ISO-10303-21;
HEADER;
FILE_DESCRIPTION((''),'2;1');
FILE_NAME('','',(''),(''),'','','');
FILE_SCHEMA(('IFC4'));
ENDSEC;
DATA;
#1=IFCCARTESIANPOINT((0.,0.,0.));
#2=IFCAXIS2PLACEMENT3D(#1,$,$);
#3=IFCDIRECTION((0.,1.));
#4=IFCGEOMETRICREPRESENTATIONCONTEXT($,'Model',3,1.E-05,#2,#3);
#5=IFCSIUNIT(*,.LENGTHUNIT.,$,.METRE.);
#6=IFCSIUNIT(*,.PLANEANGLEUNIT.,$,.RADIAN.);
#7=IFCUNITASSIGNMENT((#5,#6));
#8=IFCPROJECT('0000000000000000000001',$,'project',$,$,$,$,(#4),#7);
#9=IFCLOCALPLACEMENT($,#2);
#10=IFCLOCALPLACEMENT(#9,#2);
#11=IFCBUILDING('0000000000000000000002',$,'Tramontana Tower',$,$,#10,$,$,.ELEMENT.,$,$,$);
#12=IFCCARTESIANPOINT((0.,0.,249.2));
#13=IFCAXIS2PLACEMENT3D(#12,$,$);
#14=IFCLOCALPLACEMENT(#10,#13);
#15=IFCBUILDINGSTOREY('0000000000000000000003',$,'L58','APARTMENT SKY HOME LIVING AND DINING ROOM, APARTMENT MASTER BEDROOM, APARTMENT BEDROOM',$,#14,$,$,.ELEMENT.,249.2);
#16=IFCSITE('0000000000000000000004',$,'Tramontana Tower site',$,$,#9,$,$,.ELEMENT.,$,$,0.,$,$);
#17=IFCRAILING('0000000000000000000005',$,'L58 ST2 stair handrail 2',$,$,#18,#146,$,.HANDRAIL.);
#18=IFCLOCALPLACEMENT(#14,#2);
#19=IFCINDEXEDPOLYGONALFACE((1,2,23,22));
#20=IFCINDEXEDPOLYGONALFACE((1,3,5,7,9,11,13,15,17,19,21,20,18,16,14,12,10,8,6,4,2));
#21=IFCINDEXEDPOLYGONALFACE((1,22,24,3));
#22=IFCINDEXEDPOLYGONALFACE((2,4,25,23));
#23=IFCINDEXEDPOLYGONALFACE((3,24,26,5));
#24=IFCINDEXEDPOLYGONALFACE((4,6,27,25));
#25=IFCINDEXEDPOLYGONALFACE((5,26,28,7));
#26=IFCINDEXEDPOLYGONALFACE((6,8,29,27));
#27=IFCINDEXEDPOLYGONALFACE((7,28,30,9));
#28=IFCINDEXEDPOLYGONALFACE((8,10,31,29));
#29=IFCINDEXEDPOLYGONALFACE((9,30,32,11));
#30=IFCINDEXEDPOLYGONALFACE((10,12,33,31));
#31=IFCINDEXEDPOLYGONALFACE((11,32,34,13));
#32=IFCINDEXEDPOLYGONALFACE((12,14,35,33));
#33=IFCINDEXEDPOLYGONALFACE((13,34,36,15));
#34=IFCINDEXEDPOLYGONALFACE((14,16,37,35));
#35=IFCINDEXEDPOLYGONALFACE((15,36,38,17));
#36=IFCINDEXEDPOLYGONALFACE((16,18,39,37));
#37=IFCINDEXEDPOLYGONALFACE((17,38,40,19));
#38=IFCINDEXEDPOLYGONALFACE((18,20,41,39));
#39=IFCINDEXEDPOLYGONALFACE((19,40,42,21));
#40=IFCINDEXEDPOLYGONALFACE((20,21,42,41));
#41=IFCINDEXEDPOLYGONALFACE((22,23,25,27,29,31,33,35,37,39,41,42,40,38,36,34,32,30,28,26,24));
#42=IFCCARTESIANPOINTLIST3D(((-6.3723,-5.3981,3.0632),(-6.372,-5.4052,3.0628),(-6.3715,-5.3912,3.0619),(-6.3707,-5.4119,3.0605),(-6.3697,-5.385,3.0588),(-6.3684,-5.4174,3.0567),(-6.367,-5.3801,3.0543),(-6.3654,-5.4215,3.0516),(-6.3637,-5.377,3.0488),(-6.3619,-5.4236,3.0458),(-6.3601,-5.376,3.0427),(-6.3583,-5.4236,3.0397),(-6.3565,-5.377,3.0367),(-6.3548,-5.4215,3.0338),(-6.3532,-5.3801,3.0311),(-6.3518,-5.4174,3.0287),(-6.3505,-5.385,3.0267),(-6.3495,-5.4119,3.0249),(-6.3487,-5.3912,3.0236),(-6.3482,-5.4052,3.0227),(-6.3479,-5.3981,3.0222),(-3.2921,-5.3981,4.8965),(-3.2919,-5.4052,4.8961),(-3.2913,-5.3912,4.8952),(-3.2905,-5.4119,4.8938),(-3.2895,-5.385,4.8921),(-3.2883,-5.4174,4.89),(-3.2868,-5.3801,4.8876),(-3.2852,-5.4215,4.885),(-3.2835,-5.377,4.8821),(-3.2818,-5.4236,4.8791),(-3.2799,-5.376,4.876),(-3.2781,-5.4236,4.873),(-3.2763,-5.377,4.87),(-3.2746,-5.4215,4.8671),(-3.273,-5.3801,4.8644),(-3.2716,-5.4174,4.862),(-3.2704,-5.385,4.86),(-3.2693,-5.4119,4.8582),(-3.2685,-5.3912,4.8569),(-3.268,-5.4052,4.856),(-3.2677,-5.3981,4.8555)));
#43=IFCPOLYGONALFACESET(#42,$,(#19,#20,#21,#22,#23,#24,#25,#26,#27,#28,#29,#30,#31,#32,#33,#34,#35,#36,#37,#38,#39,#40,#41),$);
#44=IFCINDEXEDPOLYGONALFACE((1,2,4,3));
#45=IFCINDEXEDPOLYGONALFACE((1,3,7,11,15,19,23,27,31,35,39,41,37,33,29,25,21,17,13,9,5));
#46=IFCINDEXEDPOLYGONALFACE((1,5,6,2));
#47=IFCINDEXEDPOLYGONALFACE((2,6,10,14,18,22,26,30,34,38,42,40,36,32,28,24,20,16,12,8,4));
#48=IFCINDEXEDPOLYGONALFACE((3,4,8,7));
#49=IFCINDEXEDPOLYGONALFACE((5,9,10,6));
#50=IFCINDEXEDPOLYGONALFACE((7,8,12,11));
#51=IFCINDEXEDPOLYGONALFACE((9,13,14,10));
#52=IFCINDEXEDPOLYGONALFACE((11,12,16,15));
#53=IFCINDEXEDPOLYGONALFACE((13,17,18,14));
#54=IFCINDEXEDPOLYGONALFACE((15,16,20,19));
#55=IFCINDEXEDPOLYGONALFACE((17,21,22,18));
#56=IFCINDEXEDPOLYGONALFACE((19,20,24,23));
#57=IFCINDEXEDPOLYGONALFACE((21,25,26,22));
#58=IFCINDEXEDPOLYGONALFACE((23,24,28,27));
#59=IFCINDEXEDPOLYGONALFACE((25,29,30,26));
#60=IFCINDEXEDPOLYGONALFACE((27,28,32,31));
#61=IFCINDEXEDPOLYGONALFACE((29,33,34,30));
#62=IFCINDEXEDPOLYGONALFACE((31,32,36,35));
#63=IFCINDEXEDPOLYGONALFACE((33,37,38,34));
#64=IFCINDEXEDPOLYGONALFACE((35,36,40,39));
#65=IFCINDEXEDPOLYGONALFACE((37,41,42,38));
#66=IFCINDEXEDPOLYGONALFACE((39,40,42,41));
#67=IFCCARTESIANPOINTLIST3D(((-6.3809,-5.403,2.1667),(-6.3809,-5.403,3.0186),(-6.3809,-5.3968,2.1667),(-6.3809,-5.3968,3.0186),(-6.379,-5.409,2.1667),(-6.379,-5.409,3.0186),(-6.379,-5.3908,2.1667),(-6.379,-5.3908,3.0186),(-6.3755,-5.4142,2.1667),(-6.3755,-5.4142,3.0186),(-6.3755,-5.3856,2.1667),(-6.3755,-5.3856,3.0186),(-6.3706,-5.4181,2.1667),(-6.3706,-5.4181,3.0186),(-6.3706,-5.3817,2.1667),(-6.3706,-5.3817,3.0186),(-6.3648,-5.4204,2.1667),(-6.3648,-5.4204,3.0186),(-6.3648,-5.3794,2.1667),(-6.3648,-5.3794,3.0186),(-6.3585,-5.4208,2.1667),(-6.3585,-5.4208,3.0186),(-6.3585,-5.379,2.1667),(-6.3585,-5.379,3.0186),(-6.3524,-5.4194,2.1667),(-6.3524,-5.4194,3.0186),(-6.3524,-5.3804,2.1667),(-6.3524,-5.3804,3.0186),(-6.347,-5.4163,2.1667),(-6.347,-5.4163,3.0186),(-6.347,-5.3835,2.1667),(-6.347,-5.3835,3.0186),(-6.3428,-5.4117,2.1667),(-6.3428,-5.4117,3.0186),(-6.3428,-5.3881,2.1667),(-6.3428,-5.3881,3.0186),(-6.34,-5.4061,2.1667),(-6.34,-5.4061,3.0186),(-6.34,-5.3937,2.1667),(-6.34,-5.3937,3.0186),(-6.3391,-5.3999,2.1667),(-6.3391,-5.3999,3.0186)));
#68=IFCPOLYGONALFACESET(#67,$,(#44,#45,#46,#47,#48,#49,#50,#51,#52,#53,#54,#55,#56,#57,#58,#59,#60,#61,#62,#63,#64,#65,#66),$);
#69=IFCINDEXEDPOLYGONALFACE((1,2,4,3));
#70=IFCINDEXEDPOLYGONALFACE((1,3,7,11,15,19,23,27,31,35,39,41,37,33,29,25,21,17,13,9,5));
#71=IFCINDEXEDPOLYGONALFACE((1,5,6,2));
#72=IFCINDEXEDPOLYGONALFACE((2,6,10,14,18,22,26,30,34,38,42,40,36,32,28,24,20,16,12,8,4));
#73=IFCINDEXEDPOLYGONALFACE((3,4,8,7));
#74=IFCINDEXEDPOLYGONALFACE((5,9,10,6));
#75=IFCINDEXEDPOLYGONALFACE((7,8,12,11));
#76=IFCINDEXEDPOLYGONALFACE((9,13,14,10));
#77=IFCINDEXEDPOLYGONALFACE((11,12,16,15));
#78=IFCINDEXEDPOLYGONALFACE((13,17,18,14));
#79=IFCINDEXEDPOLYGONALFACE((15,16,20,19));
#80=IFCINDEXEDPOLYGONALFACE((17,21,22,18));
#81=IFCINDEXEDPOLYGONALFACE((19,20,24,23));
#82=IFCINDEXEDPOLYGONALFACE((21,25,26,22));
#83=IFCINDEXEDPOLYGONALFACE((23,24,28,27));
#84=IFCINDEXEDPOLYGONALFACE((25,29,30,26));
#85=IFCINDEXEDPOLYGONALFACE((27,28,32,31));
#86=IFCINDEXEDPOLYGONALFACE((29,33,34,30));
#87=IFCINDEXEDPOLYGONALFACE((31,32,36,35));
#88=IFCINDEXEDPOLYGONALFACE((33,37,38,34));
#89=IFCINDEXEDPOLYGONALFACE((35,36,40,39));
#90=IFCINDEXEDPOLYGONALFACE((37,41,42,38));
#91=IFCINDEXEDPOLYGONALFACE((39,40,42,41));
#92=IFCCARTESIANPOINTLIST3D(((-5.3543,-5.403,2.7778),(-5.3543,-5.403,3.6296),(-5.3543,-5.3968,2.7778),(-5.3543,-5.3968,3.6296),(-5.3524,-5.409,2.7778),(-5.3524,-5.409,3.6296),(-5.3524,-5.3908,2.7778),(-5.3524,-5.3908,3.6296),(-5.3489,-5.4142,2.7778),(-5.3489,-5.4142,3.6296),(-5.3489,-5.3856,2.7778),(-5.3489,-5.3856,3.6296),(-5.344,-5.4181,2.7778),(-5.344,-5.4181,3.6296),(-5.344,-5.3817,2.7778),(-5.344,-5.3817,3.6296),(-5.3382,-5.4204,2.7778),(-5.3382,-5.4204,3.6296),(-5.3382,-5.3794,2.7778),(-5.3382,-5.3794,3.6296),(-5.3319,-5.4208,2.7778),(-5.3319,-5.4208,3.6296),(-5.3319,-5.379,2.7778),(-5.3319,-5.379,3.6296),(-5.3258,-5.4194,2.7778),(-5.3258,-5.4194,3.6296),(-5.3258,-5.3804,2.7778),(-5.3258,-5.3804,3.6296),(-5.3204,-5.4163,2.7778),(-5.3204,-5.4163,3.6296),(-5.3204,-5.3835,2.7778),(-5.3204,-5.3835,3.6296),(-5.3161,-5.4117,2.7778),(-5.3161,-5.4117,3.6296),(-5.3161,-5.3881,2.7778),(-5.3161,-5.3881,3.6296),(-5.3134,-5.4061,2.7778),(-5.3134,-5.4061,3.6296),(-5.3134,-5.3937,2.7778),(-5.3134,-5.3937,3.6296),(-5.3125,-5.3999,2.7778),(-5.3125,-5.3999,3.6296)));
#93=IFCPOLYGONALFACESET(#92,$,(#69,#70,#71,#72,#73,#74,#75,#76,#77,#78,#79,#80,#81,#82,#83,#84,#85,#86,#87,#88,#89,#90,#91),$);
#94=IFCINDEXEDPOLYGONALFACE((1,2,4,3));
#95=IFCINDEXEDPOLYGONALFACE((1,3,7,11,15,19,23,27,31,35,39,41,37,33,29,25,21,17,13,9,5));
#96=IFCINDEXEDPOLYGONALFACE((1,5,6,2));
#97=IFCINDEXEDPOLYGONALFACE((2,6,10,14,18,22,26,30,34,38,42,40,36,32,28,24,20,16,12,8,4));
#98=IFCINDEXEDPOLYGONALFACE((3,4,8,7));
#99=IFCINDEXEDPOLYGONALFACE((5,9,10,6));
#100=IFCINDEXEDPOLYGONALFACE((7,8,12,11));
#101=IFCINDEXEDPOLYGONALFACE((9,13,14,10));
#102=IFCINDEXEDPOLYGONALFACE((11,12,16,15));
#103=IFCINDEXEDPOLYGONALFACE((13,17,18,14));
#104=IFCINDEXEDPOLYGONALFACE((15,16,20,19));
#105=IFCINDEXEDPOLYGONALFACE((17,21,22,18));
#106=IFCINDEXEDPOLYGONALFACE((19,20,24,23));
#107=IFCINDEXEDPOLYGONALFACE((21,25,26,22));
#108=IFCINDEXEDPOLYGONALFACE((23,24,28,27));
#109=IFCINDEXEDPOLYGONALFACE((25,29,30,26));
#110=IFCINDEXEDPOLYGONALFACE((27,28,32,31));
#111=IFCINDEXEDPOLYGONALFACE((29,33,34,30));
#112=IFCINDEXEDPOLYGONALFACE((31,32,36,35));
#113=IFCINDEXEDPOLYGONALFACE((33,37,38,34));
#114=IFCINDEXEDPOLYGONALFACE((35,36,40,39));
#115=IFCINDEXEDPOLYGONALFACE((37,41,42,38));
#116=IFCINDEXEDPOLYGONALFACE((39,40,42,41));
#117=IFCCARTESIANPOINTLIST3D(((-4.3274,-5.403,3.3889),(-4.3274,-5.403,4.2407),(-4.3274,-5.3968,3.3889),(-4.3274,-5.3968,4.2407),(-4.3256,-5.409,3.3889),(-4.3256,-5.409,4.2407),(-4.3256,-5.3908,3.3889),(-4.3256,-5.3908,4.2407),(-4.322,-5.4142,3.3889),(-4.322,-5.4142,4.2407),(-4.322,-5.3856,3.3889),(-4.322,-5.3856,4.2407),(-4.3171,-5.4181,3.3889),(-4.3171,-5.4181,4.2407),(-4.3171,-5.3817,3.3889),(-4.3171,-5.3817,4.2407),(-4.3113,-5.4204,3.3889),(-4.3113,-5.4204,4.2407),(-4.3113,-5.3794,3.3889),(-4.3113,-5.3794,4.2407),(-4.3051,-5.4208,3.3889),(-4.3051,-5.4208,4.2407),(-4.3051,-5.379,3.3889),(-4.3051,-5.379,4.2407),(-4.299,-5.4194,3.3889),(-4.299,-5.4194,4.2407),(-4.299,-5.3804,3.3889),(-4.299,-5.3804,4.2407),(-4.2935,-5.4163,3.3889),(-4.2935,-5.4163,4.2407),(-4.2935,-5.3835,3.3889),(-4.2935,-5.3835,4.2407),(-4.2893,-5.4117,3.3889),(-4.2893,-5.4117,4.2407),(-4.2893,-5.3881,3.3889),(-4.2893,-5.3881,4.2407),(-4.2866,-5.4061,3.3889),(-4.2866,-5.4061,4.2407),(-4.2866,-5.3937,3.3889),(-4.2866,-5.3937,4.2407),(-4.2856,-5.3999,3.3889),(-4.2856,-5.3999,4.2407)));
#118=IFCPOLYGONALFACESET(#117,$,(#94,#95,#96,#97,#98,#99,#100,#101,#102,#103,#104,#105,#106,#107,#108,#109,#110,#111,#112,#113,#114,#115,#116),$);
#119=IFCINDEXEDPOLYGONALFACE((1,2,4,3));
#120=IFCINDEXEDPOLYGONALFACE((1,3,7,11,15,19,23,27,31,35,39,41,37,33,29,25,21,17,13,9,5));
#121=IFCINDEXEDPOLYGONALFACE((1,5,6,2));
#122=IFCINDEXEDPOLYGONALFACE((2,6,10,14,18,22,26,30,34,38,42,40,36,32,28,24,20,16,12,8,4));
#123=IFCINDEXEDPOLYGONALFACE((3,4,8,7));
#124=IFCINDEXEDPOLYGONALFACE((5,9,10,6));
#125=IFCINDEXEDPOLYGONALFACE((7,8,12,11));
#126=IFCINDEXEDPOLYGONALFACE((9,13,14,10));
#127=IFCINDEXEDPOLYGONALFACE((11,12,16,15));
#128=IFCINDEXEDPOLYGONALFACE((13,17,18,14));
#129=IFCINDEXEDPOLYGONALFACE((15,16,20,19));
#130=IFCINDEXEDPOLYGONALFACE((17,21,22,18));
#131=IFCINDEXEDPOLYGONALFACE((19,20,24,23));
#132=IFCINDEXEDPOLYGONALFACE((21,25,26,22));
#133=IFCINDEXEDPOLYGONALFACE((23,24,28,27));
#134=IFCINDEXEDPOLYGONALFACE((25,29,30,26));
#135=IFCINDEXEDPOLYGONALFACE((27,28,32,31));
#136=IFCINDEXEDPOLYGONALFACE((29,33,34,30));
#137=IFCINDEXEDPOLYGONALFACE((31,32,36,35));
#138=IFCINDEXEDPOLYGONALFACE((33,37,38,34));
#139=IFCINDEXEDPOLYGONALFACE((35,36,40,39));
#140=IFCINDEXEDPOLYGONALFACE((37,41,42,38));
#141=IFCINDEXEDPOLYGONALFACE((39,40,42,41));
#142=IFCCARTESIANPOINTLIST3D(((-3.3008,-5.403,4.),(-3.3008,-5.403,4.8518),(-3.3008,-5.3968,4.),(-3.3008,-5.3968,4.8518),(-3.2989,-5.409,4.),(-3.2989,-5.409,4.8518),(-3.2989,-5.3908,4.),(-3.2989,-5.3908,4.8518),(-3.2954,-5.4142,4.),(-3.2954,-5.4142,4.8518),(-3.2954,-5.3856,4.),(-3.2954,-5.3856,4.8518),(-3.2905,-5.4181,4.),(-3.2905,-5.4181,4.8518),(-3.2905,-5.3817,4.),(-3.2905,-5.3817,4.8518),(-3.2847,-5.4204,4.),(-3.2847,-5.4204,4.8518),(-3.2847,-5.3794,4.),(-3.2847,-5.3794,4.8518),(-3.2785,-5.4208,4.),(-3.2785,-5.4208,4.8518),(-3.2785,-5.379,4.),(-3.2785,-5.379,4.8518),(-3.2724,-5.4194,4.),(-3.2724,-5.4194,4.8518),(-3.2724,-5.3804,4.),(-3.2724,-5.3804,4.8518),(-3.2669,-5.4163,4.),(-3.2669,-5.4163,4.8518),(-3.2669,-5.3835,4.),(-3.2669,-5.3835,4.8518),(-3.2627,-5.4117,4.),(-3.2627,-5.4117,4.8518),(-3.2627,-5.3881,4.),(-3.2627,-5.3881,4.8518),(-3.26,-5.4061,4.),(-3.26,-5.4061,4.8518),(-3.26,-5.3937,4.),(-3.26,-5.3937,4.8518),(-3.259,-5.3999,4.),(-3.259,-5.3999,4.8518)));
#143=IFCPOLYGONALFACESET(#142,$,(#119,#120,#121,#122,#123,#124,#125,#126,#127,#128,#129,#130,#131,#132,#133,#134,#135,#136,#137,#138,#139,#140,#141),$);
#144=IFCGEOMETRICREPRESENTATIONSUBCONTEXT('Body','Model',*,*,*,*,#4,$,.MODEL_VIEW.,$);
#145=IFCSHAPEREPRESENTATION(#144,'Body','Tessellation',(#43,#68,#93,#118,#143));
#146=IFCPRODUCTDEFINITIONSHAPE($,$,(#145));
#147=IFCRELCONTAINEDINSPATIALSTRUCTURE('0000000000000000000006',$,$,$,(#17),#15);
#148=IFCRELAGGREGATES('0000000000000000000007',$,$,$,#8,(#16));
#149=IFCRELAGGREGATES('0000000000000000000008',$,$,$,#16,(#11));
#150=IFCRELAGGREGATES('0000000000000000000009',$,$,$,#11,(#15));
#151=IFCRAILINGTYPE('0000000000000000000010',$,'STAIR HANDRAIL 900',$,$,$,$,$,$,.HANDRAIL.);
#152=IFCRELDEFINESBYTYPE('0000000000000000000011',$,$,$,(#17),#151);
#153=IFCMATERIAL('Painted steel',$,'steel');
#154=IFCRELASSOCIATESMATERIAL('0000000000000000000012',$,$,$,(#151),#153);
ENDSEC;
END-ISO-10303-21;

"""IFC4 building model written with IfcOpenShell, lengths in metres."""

from ifc_helpers import new_model, si_unit, direction, frame, origin, origin_2d, place, context, subcontext, project, spatial, circle, extrude, material, type_object, element, save


model = new_model("IFC4")

# Units and contexts
model_context = context("Model", 3, precision=1e-05, world=origin(), true_north=direction((0.0, 1.0)))
body_context = subcontext(model_context, "Body", "Model", "MODEL_VIEW")
ifc_project = project(units=[si_unit("LENGTHUNIT", "METRE"), si_unit("PLANEANGLEUNIT", "RADIAN")], contexts=[model_context])

# Site, building, storey
site_placement = place(None, origin())
site = spatial("IfcSite", under=ifc_project, at=site_placement, Name="Tramontana Tower site", CompositionType="ELEMENT", RefElevation=0.0)
building_placement = place(site_placement, origin())
building = spatial("IfcBuilding", under=site, at=building_placement, Name="Tramontana Tower", CompositionType="ELEMENT")
storey_placement = place(building_placement, frame((0.0, 0.0, 249.2)))
storey = spatial("IfcBuildingStorey", under=building, at=storey_placement, Name="L58", Description="APARTMENT SKY HOME LIVING AND DINING ROOM, APARTMENT MASTER BEDROOM, APARTMENT BEDROOM", CompositionType="ELEMENT", Elevation=249.2)

# Railing
ifc_material_1 = material(Name="Painted steel", Category="steel")
railing_type_1 = type_object("IfcRailingType", Name="STAIR HANDRAIL 900", PredefinedType="HANDRAIL", material=ifc_material_1)
railing_1_placement = place(storey_placement, frame((-6.3601, -5.3999, 2.1667)))
element("IfcRailing", 1, at=railing_1_placement, inside=storey, type_object=railing_type_1, Name="L58 ST2 stair handrail 2", PredefinedType="HANDRAIL", context=body_context, shape_type="SweptSolid", body=[
    extrude(circle(Radius=0.0239, at=origin_2d()), frame((0.0, 0.0, 0.876), z_axis=(0.859309, 0.0, 0.511458), x_axis=(0.0, 1.0, 0.0)), (0.0, 0.0, 1.0), 3.5845),
    extrude(circle(Radius=0.021, at=origin_2d()), origin(), (0.0, 0.0, 1.0), 0.8518),
    extrude(circle(Radius=0.021, at=origin_2d()), frame((1.0266, 0.0, 0.6111)), (0.0, 0.0, 1.0), 0.8518),
    extrude(circle(Radius=0.021, at=origin_2d()), frame((2.0535, 0.0, 1.2222)), (0.0, 0.0, 1.0), 0.8518),
    extrude(circle(Radius=0.021, at=origin_2d()), frame((3.0801, 0.0, 1.8333)), (0.0, 0.0, 1.0), 0.8518),
])

save(model, "model.ifc")
